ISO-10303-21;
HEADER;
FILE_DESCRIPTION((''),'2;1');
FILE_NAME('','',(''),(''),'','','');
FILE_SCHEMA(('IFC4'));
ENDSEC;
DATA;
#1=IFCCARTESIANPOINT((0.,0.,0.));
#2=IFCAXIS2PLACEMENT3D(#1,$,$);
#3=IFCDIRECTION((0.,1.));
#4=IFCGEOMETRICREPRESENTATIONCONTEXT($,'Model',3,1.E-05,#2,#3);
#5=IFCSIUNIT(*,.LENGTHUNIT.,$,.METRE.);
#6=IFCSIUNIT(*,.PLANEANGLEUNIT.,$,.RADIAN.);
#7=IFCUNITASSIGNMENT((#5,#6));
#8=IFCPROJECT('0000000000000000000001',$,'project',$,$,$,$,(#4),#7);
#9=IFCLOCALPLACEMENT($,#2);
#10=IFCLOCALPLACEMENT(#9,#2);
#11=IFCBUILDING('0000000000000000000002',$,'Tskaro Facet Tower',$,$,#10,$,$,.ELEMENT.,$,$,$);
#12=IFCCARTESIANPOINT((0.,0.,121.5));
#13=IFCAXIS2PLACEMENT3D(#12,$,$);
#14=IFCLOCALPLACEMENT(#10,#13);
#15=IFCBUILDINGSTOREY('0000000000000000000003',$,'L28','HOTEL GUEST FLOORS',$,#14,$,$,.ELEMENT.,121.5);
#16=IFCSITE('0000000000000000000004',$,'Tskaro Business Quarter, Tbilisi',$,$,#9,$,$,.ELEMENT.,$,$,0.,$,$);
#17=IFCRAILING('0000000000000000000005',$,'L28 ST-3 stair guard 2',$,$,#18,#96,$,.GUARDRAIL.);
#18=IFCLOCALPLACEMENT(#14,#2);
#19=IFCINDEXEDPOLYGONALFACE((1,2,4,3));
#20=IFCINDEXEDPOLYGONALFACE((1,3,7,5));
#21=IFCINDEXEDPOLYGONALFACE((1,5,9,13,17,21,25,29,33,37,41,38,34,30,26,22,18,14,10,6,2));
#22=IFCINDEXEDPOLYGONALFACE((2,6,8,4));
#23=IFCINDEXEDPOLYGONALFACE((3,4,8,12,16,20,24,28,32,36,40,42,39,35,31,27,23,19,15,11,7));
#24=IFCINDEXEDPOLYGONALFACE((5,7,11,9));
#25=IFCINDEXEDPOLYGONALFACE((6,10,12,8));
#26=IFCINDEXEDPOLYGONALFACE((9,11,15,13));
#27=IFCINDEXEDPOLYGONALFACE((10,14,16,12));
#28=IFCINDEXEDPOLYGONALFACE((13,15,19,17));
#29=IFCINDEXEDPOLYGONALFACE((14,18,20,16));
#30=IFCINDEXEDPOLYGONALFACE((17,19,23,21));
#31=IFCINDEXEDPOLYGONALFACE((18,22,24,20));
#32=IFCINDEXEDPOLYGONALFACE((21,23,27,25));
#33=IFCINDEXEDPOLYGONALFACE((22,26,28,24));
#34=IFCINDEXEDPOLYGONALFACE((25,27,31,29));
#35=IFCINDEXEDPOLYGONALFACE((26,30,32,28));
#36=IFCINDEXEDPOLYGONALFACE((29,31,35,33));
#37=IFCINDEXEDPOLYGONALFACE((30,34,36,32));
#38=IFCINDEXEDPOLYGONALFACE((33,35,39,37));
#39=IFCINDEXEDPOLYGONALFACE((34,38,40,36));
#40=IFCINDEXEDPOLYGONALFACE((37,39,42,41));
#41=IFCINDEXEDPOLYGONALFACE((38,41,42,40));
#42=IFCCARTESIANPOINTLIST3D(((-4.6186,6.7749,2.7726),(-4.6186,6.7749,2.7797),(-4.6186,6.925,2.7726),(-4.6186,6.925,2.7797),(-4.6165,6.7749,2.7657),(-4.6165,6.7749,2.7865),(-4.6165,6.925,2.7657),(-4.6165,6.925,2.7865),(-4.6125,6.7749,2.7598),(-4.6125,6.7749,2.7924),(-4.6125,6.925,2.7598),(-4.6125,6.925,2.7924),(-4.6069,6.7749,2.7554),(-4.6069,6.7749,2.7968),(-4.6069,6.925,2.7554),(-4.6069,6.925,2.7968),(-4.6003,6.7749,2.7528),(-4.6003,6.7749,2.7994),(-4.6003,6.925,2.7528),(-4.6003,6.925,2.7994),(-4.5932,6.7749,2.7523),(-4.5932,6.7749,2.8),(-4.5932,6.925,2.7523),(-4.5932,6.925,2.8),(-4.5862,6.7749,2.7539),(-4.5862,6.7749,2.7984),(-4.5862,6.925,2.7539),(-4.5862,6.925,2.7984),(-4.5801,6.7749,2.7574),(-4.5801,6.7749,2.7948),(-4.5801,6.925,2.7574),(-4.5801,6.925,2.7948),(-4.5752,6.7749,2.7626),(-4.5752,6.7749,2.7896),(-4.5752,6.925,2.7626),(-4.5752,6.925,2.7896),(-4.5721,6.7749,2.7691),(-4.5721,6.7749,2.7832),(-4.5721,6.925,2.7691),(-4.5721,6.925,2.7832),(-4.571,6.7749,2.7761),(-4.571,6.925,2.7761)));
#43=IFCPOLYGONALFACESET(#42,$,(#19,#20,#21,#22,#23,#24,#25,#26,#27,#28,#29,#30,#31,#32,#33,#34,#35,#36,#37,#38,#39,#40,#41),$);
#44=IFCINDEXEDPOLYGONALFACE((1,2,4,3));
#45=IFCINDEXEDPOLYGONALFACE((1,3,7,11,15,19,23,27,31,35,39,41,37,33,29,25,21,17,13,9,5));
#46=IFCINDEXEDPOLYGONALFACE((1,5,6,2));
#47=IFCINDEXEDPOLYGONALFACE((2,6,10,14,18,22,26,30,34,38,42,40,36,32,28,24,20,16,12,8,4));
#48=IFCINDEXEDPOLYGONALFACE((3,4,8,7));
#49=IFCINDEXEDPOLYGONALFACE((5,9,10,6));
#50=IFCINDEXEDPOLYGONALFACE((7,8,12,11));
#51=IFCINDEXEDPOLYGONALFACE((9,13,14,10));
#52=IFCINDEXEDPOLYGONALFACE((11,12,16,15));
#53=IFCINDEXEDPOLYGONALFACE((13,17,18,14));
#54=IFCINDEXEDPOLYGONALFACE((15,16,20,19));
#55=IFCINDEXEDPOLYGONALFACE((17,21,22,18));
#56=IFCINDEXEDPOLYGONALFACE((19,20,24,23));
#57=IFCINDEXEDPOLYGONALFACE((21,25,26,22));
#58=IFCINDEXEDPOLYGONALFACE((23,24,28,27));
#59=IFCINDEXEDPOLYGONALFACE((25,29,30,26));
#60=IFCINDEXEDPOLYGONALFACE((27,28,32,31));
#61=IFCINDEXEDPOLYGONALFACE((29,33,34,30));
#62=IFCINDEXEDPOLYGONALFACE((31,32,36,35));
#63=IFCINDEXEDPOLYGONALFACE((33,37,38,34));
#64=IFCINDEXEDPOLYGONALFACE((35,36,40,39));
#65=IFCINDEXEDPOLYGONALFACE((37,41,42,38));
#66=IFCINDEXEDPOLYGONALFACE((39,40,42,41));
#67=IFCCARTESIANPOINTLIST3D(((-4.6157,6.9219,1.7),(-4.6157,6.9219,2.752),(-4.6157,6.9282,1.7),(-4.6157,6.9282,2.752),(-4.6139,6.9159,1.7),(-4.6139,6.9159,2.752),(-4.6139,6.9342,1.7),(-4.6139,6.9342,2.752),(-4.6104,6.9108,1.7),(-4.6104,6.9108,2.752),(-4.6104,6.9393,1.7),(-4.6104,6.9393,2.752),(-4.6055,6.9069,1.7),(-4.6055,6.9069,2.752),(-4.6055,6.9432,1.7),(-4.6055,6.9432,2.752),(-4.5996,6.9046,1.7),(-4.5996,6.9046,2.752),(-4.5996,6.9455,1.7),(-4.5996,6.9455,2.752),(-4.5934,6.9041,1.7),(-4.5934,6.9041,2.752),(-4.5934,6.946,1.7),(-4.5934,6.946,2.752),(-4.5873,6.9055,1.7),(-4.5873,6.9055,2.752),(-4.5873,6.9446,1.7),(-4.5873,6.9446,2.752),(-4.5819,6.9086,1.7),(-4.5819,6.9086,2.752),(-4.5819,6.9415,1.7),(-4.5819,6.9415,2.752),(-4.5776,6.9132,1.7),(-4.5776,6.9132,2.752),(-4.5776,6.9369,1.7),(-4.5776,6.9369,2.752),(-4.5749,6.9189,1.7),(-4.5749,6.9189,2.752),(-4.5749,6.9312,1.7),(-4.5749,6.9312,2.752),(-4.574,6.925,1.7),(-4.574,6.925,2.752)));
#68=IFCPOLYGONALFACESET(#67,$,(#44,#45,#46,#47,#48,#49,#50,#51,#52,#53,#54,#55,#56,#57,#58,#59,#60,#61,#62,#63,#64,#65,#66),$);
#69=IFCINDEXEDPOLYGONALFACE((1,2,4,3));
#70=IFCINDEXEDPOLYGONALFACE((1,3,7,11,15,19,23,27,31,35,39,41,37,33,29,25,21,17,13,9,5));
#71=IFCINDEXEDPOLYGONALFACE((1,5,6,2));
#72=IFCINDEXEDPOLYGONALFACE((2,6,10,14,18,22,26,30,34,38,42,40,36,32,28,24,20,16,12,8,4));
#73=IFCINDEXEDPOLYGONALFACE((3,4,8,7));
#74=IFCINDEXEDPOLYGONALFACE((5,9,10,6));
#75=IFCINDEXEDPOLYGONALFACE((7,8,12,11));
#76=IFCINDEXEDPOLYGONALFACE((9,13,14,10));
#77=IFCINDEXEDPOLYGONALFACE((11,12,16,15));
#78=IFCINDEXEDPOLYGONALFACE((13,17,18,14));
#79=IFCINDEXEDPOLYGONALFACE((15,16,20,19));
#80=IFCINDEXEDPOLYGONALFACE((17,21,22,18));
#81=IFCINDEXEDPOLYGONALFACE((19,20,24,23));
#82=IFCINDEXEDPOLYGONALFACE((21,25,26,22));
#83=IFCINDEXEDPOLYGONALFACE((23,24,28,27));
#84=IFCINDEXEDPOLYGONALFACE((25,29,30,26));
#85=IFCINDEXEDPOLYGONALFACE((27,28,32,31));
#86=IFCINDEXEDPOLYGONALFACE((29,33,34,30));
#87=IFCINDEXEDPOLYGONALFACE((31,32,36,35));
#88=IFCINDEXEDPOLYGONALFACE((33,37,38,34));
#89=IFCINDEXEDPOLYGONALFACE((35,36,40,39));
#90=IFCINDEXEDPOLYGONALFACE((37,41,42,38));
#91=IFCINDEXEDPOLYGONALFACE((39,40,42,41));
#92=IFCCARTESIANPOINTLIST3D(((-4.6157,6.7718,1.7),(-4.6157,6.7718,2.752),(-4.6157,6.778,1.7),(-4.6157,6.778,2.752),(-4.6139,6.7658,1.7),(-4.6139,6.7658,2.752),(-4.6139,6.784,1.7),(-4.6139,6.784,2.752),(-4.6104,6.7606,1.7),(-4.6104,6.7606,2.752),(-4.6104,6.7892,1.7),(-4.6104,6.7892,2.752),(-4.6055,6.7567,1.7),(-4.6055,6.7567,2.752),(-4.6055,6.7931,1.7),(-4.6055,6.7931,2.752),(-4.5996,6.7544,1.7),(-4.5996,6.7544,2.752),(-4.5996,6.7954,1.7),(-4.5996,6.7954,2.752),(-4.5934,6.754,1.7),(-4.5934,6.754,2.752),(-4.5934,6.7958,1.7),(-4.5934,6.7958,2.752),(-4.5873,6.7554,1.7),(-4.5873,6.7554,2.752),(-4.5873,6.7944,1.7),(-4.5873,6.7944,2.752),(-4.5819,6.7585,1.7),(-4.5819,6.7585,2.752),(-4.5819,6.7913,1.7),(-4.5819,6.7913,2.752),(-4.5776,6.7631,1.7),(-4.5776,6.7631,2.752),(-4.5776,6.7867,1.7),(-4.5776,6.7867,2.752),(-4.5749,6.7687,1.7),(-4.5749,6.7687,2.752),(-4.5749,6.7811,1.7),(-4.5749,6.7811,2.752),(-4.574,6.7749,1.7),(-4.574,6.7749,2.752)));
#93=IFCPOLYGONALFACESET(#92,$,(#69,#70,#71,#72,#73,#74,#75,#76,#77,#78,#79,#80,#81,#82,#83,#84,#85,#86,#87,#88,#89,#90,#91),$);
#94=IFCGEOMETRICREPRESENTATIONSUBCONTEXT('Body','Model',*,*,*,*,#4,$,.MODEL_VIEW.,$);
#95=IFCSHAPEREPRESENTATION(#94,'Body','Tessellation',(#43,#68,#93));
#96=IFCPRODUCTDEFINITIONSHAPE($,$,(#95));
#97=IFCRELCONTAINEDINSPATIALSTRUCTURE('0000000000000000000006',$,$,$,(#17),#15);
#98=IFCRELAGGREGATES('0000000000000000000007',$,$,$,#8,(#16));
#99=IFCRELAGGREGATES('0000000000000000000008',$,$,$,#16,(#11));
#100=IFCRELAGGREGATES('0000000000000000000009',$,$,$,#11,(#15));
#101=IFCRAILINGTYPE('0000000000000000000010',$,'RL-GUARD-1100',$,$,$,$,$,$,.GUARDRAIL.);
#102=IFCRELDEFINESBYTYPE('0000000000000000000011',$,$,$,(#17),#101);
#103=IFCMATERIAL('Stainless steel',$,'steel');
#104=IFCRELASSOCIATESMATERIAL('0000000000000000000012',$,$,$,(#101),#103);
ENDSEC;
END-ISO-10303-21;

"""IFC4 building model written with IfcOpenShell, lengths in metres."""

from ifc_helpers import new_model, si_unit, direction, frame, origin, origin_2d, place, context, subcontext, project, spatial, circle, extrude, material, type_object, element, save


model = new_model("IFC4")

# Units and contexts
model_context = context("Model", 3, precision=1e-05, world=origin(), true_north=direction((0.0, 1.0)))
body_context = subcontext(model_context, "Body", "Model", "MODEL_VIEW")
ifc_project = project(units=[si_unit("LENGTHUNIT", "METRE"), si_unit("PLANEANGLEUNIT", "RADIAN")], contexts=[model_context])

# Site, building, storey
site_placement = place(None, origin())
site = spatial("IfcSite", under=ifc_project, at=site_placement, Name="Tskaro Business Quarter, Tbilisi", CompositionType="ELEMENT", RefElevation=0.0)
building_placement = place(site_placement, origin())
building = spatial("IfcBuilding", under=site, at=building_placement, Name="Tskaro Facet Tower", CompositionType="ELEMENT")
storey_placement = place(building_placement, frame((0.0, 0.0, 121.5)))
storey = spatial("IfcBuildingStorey", under=building, at=storey_placement, Name="L28", Description="HOTEL GUEST FLOORS", CompositionType="ELEMENT", Elevation=121.5)

# Railing
ifc_material_1 = material(Name="Stainless steel", Category="steel")
railing_type_1 = type_object("IfcRailingType", Name="RL-GUARD-1100", PredefinedType="GUARDRAIL", material=ifc_material_1)
railing_1_placement = place(storey_placement, frame((-4.595, 6.925, 1.7)))
element("IfcRailing", 1, at=railing_1_placement, inside=storey, type_object=railing_type_1, Name="L28 ST-3 stair guard 2", PredefinedType="GUARDRAIL", context=body_context, shape_type="SweptSolid", body=[
    extrude(circle(Radius=0.0239, at=origin_2d()), frame((0.0, 0.0, 1.0762), z_axis=(0.0, -1.0, 0.0), x_axis=(1.0, 0.0, 0.0)), (0.0, 0.0, 1.0), 0.1501),
    extrude(circle(Radius=0.021, at=origin_2d()), origin(), (0.0, 0.0, 1.0), 1.052),
    extrude(circle(Radius=0.021, at=origin_2d()), frame((0.0, -0.1501, 0.0)), (0.0, 0.0, 1.0), 1.052),
])

save(model, "model.ifc")
